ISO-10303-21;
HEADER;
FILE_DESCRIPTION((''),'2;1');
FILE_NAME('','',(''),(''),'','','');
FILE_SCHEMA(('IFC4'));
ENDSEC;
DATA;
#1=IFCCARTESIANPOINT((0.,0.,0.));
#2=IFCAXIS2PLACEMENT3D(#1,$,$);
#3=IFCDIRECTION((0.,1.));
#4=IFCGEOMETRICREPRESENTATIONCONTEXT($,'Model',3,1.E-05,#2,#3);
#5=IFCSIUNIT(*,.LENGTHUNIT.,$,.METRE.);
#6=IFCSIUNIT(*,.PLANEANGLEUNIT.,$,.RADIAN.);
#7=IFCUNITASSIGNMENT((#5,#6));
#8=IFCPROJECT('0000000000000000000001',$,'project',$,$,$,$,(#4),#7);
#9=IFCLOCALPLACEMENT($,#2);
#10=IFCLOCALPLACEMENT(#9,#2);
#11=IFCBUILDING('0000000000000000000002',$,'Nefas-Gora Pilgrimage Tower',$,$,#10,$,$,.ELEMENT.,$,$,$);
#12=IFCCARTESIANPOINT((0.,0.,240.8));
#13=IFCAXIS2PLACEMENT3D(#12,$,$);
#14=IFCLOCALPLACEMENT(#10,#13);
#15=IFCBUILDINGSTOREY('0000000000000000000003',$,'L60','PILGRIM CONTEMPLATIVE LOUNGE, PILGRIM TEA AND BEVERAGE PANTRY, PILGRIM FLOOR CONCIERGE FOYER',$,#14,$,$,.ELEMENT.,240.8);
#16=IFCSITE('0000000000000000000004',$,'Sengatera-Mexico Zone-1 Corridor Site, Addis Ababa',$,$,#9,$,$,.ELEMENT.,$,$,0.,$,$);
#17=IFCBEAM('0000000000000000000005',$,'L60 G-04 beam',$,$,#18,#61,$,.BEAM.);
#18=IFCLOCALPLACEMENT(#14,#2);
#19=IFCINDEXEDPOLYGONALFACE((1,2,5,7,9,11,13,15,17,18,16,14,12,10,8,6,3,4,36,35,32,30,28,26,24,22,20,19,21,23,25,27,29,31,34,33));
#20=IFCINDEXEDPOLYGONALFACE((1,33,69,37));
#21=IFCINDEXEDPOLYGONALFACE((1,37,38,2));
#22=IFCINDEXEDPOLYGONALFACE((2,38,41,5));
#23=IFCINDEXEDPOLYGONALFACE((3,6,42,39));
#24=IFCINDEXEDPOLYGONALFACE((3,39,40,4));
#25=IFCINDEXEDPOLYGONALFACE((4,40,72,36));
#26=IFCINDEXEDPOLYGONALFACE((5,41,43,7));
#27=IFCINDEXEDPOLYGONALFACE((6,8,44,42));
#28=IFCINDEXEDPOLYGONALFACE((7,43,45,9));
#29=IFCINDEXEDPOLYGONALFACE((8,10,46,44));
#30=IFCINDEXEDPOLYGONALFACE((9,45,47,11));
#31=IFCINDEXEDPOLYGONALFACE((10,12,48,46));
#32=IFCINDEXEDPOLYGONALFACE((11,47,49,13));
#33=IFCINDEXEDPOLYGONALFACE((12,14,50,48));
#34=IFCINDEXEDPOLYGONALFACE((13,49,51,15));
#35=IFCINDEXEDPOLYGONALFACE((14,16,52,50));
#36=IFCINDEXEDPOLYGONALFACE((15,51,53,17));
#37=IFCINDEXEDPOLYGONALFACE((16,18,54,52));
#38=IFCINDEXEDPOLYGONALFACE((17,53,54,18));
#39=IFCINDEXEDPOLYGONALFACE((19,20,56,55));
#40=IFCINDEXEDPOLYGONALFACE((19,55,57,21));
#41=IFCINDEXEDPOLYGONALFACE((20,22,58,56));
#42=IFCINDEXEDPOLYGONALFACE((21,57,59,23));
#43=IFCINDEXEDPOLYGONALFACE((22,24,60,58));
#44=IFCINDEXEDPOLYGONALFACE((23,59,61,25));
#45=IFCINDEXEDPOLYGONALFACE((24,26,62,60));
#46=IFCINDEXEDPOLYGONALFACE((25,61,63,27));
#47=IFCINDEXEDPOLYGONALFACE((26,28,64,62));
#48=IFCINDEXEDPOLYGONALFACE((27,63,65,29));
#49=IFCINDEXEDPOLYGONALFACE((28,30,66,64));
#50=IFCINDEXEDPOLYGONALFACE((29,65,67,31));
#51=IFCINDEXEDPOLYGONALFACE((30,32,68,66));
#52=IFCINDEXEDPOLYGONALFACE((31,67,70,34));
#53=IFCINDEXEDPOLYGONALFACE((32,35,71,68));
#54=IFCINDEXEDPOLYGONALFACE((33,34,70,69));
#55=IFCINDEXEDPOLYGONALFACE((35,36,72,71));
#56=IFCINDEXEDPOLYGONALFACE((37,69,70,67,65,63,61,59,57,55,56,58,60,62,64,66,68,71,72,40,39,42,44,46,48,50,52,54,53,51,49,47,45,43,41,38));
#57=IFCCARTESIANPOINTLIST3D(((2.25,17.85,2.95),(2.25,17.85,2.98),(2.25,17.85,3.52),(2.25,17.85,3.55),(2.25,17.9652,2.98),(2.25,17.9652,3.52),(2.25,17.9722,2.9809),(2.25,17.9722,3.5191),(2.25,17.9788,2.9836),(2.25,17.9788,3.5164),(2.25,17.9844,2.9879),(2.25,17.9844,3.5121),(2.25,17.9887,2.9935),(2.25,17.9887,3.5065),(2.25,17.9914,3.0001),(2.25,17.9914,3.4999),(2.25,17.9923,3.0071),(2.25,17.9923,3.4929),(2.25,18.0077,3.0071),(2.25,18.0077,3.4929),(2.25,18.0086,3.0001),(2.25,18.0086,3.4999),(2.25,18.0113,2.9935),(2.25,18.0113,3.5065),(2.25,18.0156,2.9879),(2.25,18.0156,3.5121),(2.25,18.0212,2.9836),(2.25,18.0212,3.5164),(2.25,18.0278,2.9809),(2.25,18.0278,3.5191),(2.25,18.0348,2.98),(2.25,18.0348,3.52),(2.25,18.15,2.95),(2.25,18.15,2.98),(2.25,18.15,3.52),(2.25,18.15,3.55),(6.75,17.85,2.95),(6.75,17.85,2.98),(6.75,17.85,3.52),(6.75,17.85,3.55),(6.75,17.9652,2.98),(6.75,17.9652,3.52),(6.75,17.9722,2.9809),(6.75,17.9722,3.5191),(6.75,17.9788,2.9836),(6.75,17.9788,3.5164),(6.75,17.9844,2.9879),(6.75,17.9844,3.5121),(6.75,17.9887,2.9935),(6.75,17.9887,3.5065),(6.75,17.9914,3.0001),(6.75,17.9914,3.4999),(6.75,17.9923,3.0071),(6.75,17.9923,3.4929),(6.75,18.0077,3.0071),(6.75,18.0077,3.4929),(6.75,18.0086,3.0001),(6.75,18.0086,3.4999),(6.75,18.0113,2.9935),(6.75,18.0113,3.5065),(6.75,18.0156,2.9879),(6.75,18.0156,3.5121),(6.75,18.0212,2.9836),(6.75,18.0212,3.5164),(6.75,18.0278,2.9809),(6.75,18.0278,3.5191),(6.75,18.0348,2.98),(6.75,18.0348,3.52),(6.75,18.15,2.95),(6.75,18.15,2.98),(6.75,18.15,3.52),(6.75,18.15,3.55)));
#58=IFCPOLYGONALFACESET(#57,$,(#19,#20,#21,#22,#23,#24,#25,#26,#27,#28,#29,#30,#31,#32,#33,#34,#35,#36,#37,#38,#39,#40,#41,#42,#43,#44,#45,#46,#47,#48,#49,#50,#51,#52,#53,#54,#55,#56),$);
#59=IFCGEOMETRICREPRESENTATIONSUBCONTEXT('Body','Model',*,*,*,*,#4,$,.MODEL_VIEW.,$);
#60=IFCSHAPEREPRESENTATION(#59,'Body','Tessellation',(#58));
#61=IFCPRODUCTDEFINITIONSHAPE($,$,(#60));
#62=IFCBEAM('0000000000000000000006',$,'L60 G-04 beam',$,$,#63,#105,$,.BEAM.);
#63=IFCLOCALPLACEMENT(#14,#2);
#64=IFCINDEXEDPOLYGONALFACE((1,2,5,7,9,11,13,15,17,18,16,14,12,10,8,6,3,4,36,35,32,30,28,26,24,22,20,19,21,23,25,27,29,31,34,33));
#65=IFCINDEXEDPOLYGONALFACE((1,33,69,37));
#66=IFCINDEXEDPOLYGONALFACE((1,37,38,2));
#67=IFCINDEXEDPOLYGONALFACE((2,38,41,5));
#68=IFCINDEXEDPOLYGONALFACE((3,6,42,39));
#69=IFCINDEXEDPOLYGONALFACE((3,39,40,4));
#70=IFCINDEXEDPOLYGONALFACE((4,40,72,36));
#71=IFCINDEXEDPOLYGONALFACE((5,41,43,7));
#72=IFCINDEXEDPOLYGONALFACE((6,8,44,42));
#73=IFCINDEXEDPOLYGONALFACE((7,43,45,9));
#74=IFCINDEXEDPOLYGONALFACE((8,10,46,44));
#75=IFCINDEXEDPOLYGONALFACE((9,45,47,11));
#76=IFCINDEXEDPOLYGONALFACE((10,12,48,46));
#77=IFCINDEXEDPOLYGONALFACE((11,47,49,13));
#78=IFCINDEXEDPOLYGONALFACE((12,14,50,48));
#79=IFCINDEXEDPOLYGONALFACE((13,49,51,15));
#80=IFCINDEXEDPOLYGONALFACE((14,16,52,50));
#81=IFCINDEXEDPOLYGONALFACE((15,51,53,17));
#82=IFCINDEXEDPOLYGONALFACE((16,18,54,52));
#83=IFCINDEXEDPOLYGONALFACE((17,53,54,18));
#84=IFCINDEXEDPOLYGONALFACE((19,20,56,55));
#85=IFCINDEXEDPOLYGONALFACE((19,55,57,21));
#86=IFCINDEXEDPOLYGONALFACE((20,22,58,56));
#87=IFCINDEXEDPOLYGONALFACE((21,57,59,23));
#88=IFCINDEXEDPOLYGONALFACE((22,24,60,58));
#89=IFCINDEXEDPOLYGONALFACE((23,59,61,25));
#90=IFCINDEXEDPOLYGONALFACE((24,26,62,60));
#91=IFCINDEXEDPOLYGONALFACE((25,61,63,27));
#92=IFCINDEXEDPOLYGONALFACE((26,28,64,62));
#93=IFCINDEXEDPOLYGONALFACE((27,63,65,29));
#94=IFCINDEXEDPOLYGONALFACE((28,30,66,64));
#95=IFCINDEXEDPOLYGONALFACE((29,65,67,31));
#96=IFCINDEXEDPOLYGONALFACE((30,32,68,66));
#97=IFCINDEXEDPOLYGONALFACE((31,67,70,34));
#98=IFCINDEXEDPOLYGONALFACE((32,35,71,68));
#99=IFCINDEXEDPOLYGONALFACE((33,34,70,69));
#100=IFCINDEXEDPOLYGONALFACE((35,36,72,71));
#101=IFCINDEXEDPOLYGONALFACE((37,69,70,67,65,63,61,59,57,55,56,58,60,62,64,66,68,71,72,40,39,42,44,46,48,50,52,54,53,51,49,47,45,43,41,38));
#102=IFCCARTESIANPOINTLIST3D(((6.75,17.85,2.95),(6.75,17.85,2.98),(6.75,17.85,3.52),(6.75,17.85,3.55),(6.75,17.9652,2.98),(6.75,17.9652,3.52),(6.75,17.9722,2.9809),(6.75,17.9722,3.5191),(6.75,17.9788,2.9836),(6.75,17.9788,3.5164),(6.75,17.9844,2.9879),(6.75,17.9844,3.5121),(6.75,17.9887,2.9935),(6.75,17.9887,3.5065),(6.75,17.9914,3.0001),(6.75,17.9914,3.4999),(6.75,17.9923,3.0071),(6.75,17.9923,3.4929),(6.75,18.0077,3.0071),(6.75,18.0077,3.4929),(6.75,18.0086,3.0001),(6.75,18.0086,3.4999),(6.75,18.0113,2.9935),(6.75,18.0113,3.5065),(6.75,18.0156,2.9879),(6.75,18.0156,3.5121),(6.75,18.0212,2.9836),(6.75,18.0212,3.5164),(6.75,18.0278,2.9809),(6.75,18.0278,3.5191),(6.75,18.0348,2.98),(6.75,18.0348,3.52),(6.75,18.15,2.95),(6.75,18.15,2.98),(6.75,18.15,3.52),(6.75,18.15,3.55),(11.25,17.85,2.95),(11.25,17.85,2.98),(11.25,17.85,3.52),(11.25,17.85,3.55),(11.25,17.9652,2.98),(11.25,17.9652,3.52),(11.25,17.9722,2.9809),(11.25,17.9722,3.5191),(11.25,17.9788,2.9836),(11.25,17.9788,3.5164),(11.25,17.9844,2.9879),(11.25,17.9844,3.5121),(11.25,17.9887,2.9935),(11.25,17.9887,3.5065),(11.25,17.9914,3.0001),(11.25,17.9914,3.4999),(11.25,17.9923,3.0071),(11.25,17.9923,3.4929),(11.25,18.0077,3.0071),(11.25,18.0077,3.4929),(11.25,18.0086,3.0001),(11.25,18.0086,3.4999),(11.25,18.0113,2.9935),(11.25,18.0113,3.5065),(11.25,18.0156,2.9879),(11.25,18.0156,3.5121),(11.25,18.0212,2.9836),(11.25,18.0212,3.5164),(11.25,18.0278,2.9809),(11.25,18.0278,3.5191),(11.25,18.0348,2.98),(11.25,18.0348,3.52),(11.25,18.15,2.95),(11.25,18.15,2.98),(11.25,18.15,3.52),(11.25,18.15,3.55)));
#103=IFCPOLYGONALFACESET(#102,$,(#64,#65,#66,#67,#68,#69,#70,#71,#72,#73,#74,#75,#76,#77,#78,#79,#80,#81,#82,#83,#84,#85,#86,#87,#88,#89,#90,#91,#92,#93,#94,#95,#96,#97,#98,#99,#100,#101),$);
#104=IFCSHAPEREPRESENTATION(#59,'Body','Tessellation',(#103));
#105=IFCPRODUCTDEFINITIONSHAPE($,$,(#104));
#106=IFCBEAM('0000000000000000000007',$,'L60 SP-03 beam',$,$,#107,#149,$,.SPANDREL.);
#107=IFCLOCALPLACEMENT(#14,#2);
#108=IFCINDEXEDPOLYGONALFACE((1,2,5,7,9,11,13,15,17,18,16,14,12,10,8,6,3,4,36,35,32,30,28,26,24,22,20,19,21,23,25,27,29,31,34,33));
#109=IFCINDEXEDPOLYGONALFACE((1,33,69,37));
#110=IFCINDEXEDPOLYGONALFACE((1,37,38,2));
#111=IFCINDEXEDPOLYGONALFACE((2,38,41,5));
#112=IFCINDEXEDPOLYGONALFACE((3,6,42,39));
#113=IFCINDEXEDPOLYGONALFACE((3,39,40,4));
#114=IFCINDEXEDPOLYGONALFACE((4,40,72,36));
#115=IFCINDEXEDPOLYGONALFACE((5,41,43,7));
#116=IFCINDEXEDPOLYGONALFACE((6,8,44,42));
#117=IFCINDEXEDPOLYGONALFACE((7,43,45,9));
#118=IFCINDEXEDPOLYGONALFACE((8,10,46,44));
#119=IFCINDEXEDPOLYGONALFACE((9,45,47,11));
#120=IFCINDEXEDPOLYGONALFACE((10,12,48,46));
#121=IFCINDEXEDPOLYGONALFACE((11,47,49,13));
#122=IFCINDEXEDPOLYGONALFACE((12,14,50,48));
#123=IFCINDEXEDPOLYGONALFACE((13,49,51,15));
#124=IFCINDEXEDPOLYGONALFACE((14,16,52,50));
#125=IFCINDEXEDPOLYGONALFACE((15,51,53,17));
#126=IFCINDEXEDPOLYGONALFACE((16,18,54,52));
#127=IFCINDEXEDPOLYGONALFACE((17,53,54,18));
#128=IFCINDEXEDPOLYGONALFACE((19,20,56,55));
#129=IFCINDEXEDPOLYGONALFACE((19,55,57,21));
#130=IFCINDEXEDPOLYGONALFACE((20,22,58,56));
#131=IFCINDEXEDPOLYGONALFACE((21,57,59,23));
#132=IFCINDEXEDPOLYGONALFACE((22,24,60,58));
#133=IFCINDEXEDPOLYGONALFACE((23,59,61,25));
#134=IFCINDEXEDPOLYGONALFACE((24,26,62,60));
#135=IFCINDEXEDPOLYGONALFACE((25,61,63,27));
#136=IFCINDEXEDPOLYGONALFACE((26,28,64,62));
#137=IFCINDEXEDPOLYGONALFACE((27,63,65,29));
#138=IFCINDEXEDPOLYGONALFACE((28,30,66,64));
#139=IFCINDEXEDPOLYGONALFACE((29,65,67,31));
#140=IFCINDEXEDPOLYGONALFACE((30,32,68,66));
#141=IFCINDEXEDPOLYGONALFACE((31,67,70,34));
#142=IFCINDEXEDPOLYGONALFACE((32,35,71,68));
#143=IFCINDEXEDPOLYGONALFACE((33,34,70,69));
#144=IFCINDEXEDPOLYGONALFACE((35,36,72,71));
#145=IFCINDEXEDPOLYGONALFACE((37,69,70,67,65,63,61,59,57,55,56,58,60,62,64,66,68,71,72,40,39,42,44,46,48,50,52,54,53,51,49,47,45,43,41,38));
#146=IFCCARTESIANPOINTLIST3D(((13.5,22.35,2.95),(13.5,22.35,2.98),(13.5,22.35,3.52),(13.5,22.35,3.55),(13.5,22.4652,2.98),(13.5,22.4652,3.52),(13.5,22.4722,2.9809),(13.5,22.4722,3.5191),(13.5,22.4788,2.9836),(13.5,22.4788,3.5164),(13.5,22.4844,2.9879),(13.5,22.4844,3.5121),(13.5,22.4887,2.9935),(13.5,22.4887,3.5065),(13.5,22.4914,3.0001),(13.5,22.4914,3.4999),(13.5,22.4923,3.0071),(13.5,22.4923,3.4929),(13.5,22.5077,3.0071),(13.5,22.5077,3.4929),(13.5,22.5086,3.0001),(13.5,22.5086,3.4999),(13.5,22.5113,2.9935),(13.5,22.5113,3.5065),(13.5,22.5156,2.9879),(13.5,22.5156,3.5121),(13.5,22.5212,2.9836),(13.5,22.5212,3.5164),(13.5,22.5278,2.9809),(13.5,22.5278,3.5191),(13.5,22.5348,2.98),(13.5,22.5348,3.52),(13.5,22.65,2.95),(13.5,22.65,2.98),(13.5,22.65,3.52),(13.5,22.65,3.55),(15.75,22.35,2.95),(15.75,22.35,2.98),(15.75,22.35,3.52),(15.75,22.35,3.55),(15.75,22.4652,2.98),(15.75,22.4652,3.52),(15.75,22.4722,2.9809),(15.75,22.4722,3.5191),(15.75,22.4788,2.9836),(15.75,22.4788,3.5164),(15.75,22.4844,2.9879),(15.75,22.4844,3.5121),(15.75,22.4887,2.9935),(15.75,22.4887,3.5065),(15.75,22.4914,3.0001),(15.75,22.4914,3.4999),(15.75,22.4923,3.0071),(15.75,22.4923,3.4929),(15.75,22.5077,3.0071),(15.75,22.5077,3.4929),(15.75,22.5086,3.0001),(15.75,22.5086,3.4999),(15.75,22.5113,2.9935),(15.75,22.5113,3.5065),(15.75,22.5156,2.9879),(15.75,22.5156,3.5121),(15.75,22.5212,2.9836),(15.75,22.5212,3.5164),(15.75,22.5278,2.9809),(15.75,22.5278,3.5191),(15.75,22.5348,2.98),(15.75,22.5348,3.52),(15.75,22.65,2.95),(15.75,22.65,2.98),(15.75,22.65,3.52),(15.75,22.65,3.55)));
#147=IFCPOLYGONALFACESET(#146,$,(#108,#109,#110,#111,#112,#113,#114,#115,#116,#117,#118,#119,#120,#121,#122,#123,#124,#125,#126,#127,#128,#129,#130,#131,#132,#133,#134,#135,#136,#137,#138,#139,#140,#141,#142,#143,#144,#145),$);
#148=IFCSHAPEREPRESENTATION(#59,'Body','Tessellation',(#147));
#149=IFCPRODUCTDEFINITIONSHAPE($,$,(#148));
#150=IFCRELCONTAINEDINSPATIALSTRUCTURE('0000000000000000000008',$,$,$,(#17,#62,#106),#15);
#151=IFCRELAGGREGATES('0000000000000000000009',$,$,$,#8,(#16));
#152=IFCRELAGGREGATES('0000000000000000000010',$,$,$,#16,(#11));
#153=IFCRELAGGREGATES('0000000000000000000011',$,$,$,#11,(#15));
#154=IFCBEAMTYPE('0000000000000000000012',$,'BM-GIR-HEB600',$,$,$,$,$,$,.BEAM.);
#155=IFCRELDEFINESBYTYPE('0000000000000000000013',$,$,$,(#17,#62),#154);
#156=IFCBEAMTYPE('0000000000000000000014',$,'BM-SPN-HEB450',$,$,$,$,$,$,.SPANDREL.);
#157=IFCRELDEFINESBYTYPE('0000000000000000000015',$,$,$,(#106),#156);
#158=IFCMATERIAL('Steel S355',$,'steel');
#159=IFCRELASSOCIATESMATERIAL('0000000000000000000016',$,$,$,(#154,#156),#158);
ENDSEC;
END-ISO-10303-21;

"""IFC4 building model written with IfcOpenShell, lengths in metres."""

from ifc_helpers import new_model, si_unit, direction, frame, origin, origin_2d, place, context, subcontext, project, spatial, i_section, extrude, source, transform, mapped, material, material_profile, profile_set, type_object, element, save


model = new_model("IFC4")

# Units and contexts
model_context = context("Model", 3, precision=1e-05, world=origin(), true_north=direction((0.0, 1.0)))
body_context = subcontext(model_context, "Body", "Model", "MODEL_VIEW")
ifc_project = project(units=[si_unit("LENGTHUNIT", "METRE"), si_unit("PLANEANGLEUNIT", "RADIAN")], contexts=[model_context])

# Site, building, storey
site_placement = place(None, origin())
site = spatial("IfcSite", under=ifc_project, at=site_placement, Name="Sengatera-Mexico Zone-1 Corridor Site, Addis Ababa", CompositionType="ELEMENT", RefElevation=0.0)
building_placement = place(site_placement, origin())
building = spatial("IfcBuilding", under=site, at=building_placement, Name="Nefas-Gora Pilgrimage Tower", CompositionType="ELEMENT")
storey_placement = place(building_placement, frame((0.0, 0.0, 240.8)))
storey = spatial("IfcBuildingStorey", under=building, at=storey_placement, Name="L60", Description="PILGRIM CONTEMPLATIVE LOUNGE, PILGRIM TEA AND BEVERAGE PANTRY, PILGRIM FLOOR CONCIERGE FOYER", CompositionType="ELEMENT", Elevation=240.8)

# Beams
ifc_material_1 = material(Name="Steel S355", Category="steel")
ifc_material_profile_1 = material_profile(ifc_material_1, i_section(OverallWidth=0.3, OverallDepth=0.6001, WebThickness=0.0154, FlangeThickness=0.03, FilletRadius=0.0271, at=origin_2d()), Name="HEB 600")
ifc_profile_set_1 = profile_set([ifc_material_profile_1], Name="Steel S355")
beam_type_1 = type_object("IfcBeamType", Name="BM-GIR-HEB600", PredefinedType="BEAM", material=ifc_profile_set_1)
shared_shape_1 = source(origin(), body_context, "Body", "SweptSolid", [
    extrude(i_section(OverallWidth=0.3, OverallDepth=0.6001, WebThickness=0.0154, FlangeThickness=0.03, FilletRadius=0.0271, at=origin_2d()), origin(), (0.0, 0.0, 1.0), 4.5),
])
for number, where, z_axis, x_axis, name in (
    (1, (2.25, 18.0, 3.25), (1.0, 0.0, 0.0), (0.0, 1.0, 0.0), "L60 G-04 beam"),
    (2, (6.75, 18.0, 3.25), (1.0, 0.0, 0.0), (0.0, 1.0, 0.0), "L60 G-04 beam"),
):
    element("IfcBeam", number, at=place(storey_placement, frame(where, z_axis=z_axis, x_axis=x_axis)), inside=storey, type_object=beam_type_1, Name=name, PredefinedType="BEAM", context=body_context, shape_type="MappedRepresentation", body=[
        mapped(shared_shape_1, transform((0.0, 0.0, 0.0), x_axis=(1.0, 0.0, 0.0), y_axis=(0.0, 1.0, 0.0), z_axis=(0.0, 0.0, 1.0), scale=1.0)),
    ])
ifc_material_profile_2 = material_profile(ifc_material_1, i_section(OverallWidth=0.3, OverallDepth=0.6001, WebThickness=0.0154, FlangeThickness=0.03, FilletRadius=0.0271, at=origin_2d()), Name="HEB 600")
ifc_profile_set_2 = profile_set([ifc_material_profile_2], Name="Steel S355")
beam_type_2 = type_object("IfcBeamType", Name="BM-SPN-HEB450", PredefinedType="SPANDREL", material=ifc_profile_set_2)
shared_shape_2 = source(origin(), body_context, "Body", "SweptSolid", [
    extrude(i_section(OverallWidth=0.3, OverallDepth=0.6001, WebThickness=0.0154, FlangeThickness=0.03, FilletRadius=0.0271, at=origin_2d()), origin(), (0.0, 0.0, 1.0), 2.25),
])
beam_placement = place(storey_placement, frame((13.5, 22.5, 3.25), z_axis=(1.0, 0.0, 0.0), x_axis=(0.0, 1.0, 0.0)))
element("IfcBeam", 3, at=beam_placement, inside=storey, type_object=beam_type_2, Name="L60 SP-03 beam", PredefinedType="SPANDREL", context=body_context, shape_type="MappedRepresentation", body=[
    mapped(shared_shape_2, transform((0.0, 0.0, 0.0), x_axis=(1.0, 0.0, 0.0), y_axis=(0.0, 1.0, 0.0), z_axis=(0.0, 0.0, 1.0), scale=1.0)),
])

save(model, "model.ifc")
